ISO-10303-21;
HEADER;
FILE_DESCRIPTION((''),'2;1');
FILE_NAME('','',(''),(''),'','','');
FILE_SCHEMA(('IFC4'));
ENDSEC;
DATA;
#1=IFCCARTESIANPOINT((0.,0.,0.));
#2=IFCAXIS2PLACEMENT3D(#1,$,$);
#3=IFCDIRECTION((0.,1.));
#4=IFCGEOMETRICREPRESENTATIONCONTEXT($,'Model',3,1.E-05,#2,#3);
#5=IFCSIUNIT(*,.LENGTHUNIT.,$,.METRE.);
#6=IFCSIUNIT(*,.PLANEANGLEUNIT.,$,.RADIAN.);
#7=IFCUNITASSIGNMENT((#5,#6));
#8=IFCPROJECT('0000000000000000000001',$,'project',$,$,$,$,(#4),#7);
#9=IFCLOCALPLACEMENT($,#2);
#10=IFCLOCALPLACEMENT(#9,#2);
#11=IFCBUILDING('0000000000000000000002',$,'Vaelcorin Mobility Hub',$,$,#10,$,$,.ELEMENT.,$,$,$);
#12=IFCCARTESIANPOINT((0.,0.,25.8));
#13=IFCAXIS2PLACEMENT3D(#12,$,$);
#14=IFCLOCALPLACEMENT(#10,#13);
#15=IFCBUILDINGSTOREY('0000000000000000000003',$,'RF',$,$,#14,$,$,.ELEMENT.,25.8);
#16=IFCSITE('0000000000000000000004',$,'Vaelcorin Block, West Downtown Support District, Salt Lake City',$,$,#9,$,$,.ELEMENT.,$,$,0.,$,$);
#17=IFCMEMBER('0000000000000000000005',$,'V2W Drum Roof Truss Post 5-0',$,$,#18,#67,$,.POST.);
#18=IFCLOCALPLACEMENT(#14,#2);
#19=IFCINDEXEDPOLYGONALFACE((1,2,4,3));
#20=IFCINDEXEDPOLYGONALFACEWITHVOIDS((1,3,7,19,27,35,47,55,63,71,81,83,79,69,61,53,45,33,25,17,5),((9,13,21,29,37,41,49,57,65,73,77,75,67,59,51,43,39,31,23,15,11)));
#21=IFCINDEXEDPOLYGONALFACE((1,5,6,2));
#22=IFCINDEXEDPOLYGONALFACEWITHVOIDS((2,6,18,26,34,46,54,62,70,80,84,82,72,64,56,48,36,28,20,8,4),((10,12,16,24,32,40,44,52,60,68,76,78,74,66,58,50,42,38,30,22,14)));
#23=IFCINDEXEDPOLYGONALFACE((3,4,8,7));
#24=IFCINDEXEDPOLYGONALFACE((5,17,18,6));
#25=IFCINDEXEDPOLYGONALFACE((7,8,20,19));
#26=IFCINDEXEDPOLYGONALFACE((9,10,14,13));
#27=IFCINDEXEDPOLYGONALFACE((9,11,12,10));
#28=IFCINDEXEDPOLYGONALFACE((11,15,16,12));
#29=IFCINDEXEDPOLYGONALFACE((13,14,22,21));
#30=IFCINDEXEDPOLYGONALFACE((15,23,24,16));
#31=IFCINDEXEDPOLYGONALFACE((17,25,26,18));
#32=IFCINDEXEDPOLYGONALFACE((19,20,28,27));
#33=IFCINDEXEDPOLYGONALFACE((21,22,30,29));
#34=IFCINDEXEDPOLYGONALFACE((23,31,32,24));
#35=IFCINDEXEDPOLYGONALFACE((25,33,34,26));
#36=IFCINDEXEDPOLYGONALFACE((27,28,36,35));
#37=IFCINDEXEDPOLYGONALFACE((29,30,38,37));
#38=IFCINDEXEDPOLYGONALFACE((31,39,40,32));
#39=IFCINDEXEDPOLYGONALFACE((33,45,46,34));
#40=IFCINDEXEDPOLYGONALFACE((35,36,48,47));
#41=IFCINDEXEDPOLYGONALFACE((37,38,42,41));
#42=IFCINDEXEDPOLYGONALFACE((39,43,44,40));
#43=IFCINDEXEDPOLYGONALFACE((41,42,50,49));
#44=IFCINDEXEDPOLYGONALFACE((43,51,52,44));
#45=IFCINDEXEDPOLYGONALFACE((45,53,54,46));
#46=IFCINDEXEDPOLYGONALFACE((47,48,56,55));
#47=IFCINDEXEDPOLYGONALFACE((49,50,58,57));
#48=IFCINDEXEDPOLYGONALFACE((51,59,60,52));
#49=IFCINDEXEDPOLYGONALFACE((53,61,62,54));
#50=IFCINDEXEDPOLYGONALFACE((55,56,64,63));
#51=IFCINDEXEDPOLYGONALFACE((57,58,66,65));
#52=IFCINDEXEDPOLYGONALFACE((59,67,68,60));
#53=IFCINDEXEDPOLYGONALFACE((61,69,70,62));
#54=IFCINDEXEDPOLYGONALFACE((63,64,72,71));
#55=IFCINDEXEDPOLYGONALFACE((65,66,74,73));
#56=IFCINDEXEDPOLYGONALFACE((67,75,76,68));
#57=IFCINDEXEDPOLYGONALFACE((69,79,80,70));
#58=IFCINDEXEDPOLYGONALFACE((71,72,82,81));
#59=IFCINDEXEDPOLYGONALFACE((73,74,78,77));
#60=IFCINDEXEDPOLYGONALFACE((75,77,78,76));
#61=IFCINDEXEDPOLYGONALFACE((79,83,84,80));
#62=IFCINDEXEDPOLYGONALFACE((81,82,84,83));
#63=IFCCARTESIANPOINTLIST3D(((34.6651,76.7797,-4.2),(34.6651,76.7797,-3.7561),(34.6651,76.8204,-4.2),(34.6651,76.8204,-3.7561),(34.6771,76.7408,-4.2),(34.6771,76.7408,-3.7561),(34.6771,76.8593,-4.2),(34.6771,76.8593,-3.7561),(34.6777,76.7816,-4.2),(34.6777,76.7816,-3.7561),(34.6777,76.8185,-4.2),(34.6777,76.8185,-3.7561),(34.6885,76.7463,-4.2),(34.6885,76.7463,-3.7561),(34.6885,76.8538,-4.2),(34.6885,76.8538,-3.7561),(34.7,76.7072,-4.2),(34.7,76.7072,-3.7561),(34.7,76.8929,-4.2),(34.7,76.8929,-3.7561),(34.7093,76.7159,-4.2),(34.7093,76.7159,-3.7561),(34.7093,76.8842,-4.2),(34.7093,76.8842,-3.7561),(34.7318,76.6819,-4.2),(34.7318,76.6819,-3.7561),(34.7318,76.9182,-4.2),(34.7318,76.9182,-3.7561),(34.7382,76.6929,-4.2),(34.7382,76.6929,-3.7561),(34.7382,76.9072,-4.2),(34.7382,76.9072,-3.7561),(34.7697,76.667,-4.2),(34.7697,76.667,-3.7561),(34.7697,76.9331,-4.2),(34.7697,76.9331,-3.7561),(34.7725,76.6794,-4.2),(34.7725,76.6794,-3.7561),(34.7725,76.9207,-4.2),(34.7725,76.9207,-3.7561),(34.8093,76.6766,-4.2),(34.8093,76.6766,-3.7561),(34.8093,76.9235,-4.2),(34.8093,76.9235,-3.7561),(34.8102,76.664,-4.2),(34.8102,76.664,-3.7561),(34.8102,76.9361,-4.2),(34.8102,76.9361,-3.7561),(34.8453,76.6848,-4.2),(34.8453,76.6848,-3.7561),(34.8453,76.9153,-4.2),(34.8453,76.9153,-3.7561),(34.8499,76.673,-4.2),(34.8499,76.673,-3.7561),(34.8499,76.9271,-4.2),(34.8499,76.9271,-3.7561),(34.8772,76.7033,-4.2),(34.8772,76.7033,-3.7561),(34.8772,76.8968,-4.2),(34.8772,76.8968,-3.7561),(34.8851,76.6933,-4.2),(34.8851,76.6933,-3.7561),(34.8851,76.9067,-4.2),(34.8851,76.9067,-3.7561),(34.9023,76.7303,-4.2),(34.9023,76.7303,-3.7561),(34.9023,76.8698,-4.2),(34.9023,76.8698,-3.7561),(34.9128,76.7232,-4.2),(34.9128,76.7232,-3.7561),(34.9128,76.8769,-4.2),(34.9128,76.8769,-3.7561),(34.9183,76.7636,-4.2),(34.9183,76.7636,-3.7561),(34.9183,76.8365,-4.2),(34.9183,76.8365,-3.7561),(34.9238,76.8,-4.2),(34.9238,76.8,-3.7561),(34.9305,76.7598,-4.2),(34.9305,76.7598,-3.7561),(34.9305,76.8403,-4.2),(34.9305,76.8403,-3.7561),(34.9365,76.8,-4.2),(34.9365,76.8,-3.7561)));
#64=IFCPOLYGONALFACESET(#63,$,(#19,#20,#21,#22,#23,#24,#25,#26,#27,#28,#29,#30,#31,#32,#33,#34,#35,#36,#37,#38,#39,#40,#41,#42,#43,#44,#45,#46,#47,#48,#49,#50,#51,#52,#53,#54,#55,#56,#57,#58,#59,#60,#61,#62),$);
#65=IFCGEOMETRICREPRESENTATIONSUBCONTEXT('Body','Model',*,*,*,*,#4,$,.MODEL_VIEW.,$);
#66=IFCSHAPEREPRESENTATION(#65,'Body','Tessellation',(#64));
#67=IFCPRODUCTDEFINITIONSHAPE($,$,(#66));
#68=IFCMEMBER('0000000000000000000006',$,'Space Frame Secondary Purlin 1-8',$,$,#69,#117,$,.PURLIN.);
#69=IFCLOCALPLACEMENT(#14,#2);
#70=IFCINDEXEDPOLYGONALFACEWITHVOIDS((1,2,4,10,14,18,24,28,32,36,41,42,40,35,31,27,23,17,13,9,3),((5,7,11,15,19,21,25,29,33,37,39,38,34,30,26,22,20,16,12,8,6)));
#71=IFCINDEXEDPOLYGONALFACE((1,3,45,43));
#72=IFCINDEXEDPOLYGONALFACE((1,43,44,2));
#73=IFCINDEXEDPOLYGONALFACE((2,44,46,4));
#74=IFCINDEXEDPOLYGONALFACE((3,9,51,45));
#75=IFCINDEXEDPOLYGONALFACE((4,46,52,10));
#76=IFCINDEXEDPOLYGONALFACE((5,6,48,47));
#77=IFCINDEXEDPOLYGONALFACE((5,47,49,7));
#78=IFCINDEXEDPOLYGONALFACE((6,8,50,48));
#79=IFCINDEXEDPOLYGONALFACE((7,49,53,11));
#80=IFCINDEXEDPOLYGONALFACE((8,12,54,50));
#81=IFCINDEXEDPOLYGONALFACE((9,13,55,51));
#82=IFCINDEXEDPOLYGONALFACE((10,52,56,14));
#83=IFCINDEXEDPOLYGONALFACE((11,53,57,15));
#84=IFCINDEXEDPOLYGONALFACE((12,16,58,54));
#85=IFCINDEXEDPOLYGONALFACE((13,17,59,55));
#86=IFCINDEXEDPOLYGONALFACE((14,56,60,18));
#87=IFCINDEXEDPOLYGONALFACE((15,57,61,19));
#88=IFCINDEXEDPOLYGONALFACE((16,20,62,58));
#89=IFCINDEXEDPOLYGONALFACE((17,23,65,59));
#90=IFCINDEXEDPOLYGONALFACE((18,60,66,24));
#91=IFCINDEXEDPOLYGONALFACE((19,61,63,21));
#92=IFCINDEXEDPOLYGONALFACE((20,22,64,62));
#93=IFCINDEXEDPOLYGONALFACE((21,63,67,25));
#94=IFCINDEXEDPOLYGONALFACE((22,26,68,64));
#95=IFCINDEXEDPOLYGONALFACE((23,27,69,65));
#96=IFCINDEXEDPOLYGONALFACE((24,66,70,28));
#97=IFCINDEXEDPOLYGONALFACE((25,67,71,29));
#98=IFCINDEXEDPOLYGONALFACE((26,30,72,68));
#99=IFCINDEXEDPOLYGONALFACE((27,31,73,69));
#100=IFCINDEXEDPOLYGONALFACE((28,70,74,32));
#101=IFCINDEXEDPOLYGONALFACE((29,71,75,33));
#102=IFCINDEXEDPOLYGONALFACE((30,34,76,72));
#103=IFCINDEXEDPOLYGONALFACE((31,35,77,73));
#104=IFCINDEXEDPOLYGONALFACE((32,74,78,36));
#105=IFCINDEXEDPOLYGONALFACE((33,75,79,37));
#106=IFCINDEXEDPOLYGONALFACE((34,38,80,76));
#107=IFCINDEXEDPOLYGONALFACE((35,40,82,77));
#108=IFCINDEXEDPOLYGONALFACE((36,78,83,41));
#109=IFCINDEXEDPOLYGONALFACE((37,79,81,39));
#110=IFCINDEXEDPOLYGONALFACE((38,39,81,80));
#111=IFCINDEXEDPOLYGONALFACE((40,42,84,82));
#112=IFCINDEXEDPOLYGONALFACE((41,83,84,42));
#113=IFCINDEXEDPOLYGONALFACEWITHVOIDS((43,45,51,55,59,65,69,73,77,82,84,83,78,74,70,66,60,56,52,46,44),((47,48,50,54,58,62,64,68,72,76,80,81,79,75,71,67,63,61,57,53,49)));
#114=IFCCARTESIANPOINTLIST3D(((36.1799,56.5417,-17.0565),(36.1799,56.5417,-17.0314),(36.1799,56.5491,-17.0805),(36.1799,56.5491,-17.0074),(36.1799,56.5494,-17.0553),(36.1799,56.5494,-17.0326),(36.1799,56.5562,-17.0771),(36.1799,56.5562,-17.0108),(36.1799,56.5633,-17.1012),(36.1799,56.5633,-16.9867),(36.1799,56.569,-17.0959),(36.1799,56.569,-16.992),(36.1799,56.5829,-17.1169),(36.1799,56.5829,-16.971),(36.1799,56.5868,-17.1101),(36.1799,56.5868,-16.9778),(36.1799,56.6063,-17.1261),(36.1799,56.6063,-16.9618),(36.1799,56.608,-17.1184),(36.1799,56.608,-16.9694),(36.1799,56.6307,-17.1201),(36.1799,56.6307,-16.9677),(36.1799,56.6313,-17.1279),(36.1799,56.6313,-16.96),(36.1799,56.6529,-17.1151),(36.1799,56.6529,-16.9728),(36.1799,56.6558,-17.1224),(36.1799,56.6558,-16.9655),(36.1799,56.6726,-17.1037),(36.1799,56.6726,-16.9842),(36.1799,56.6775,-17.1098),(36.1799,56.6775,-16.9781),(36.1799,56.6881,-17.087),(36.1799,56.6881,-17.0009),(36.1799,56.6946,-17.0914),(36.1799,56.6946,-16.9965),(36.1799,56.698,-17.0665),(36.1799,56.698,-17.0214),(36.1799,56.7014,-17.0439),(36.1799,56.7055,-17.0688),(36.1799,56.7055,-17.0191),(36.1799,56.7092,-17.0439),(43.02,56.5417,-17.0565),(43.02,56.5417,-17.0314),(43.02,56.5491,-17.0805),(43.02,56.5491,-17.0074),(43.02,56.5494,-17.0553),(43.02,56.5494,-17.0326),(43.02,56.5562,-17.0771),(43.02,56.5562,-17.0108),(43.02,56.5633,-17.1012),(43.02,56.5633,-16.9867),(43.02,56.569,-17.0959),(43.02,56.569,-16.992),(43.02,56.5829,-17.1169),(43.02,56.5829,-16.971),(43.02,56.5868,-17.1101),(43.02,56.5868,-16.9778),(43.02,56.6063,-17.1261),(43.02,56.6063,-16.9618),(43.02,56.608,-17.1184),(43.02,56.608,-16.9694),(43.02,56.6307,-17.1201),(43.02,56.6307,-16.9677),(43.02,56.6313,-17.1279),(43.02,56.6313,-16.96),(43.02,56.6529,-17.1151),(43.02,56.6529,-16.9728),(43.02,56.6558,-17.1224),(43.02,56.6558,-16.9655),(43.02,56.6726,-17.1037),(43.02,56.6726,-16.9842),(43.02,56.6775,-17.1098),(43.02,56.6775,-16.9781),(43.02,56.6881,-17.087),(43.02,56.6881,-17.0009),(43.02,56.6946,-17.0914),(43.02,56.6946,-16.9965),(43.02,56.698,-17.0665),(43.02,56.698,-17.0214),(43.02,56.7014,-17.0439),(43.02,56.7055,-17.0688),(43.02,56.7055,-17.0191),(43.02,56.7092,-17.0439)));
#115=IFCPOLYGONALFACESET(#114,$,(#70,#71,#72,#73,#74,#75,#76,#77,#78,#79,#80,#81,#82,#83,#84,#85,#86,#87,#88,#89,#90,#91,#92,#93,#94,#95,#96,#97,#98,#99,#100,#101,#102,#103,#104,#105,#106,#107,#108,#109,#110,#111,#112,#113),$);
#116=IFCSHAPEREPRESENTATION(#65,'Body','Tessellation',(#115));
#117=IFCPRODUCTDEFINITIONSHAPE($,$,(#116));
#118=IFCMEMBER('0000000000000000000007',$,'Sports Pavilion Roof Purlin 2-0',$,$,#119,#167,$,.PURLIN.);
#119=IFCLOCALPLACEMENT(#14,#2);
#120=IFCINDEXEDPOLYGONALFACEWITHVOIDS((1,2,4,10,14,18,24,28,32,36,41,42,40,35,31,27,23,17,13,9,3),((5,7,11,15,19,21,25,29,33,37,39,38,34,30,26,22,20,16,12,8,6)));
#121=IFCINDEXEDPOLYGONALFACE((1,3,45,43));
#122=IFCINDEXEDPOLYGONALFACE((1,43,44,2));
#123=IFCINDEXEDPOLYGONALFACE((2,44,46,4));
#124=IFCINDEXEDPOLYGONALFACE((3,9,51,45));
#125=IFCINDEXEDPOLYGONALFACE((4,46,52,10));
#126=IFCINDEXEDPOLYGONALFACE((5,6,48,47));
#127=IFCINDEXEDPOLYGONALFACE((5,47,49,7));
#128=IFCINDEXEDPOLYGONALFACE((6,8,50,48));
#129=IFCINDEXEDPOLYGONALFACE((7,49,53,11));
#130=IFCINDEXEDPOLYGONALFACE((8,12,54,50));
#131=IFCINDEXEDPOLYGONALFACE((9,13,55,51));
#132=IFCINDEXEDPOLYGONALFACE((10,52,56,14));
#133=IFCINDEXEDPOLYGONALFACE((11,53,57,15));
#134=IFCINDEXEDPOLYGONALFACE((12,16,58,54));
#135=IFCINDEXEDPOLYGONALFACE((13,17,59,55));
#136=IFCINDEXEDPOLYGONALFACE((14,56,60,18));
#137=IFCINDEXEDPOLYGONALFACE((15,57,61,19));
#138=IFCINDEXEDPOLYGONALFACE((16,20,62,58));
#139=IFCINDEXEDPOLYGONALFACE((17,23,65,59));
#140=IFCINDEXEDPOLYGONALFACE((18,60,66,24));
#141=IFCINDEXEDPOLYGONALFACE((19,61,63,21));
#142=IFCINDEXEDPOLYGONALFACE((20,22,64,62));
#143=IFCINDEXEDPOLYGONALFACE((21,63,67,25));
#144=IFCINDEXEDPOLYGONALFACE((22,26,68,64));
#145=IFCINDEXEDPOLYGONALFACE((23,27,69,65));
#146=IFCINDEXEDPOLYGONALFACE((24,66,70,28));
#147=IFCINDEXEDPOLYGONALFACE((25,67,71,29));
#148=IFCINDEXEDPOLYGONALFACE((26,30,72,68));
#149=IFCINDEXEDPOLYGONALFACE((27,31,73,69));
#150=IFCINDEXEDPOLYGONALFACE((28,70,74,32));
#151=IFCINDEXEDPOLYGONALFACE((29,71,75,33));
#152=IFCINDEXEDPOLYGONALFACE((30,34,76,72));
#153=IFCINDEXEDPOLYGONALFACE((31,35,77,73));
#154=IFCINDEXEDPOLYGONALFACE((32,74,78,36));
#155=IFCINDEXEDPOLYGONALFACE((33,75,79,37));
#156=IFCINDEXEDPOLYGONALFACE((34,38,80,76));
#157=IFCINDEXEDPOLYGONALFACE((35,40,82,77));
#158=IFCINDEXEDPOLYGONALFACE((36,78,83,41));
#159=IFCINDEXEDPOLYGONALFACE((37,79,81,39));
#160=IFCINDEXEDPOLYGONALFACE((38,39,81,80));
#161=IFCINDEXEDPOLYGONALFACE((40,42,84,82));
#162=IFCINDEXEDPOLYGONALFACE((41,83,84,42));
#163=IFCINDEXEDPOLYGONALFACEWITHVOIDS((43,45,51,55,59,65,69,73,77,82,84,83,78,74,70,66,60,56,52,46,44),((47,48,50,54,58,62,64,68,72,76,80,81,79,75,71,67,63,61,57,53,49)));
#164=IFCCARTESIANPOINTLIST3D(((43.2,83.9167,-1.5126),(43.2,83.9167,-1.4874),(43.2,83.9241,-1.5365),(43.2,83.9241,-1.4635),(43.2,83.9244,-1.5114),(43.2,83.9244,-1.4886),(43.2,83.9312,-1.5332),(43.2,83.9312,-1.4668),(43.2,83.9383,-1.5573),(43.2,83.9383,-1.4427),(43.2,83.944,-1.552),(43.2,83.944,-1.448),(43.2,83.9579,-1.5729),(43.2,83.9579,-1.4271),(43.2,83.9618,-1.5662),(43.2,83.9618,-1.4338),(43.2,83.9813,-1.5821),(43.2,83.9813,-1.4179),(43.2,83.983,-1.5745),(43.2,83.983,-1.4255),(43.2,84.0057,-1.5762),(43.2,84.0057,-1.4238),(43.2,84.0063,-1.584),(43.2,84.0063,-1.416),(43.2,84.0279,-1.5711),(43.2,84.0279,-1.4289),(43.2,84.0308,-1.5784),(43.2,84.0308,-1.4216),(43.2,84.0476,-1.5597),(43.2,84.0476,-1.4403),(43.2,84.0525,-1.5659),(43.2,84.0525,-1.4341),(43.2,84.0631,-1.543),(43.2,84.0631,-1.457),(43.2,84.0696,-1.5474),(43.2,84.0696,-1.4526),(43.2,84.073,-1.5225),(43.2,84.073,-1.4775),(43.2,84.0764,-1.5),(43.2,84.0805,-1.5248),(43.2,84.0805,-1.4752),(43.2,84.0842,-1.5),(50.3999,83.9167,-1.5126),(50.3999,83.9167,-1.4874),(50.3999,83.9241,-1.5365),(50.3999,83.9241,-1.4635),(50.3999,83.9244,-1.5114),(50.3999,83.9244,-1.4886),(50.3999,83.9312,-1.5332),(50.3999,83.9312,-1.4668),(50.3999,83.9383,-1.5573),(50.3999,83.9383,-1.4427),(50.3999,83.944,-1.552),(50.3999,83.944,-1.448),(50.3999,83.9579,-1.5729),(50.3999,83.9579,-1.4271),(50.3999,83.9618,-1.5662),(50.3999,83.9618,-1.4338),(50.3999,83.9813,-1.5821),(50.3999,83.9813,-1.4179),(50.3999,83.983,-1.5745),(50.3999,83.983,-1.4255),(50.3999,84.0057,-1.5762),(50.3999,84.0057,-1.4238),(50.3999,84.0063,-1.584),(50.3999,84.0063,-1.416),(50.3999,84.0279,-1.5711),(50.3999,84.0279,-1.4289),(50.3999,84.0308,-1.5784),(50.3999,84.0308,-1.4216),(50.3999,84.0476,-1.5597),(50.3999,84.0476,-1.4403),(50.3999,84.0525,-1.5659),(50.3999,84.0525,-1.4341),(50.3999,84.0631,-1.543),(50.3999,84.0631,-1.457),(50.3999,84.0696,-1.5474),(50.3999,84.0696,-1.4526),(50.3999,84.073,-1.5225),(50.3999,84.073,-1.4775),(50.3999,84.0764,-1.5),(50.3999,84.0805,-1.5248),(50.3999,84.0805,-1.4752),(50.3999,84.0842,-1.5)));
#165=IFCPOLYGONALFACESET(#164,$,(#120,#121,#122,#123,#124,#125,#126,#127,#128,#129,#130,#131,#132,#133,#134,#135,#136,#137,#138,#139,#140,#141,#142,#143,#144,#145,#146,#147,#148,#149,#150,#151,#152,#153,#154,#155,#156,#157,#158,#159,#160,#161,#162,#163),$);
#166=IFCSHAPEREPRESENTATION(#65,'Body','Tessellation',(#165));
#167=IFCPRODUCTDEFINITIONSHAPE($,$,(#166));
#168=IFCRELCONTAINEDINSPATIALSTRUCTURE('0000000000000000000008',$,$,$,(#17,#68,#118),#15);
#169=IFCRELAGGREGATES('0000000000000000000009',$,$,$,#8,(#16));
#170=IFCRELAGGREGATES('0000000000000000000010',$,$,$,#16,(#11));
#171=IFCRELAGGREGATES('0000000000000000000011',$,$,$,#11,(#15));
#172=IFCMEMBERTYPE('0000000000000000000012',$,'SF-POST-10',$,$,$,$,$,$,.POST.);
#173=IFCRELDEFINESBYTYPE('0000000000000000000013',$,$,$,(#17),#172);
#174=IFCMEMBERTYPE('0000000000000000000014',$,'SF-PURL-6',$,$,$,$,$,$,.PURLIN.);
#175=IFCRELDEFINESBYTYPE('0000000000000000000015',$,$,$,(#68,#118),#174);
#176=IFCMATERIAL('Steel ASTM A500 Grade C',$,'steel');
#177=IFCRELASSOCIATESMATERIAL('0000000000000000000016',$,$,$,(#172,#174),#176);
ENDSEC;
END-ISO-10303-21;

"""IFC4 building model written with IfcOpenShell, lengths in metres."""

from ifc_helpers import new_model, si_unit, direction, frame, origin, origin_2d, place, context, subcontext, project, spatial, hollow_circle, extrude, material, material_profile, profile_set, type_object, element, save


model = new_model("IFC4")

# Units and contexts
model_context = context("Model", 3, precision=1e-05, world=origin(), true_north=direction((0.0, 1.0)))
body_context = subcontext(model_context, "Body", "Model", "MODEL_VIEW")
ifc_project = project(units=[si_unit("LENGTHUNIT", "METRE"), si_unit("PLANEANGLEUNIT", "RADIAN")], contexts=[model_context])

# Site, building, storey
site_placement = place(None, origin())
site = spatial("IfcSite", under=ifc_project, at=site_placement, Name="Vaelcorin Block, West Downtown Support District, Salt Lake City", CompositionType="ELEMENT", RefElevation=0.0)
building_placement = place(site_placement, origin())
building = spatial("IfcBuilding", under=site, at=building_placement, Name="Vaelcorin Mobility Hub", CompositionType="ELEMENT")
storey_placement = place(building_placement, frame((0.0, 0.0, 25.8)))
storey = spatial("IfcBuildingStorey", under=building, at=storey_placement, Name="RF", CompositionType="ELEMENT", Elevation=25.8)

# Members
ifc_material_1 = material(Name="Steel ASTM A500 Grade C", Category="steel")
ifc_material_profile_1 = material_profile(ifc_material_1, hollow_circle(Radius=0.1365, WallThickness=0.0127, at=origin_2d()), Name="HSS10.750X0.500")
ifc_profile_set_1 = profile_set([ifc_material_profile_1], Name="Steel ASTM A500 Grade C")
member_type_1 = type_object("IfcMemberType", Name="SF-POST-10", PredefinedType="POST", material=ifc_profile_set_1)
for number, where, z_axis, x_axis, name in (
    (1, (34.8, 76.8, -4.2), (0.0, 0.0, 1.0), (1.0, 0.0, 0.0), "V2W Drum Roof Truss Post 5-0"),
):
    element("IfcMember", number, at=place(storey_placement, frame(where, z_axis=z_axis, x_axis=x_axis)), inside=storey, type_object=member_type_1, Name=name, PredefinedType="POST", context=body_context, shape_type="SweptSolid", body=[
        extrude(hollow_circle(Radius=0.1365, WallThickness=0.0127, at=origin_2d()), origin(), (0.0, 0.0, 1.0), 0.4438),
    ])
ifc_material_profile_2 = material_profile(ifc_material_1, hollow_circle(Radius=0.0842, WallThickness=0.0078, at=origin_2d()), Name="HSS6.625X0.312")
ifc_profile_set_2 = profile_set([ifc_material_profile_2], Name="Steel ASTM A500 Grade C")
member_type_2 = type_object("IfcMemberType", Name="SF-PURL-6", PredefinedType="PURLIN", material=ifc_profile_set_2)
member_1_placement = place(storey_placement, frame((36.1799, 56.625, -17.0439), z_axis=(1.0, 0.0, 0.0), x_axis=(0.0, 1.0, 0.0)))
element("IfcMember", 2, at=member_1_placement, inside=storey, type_object=member_type_2, Name="Space Frame Secondary Purlin 1-8", PredefinedType="PURLIN", context=body_context, shape_type="SweptSolid", body=[
    extrude(hollow_circle(Radius=0.0842, WallThickness=0.0078, at=origin_2d()), origin(), (0.0, 0.0, 1.0), 6.8401),
])
member_2_placement = place(storey_placement, frame((43.2, 84.0, -1.5), z_axis=(1.0, 0.0, 0.0), x_axis=(0.0, 1.0, 0.0)))
element("IfcMember", 3, at=member_2_placement, inside=storey, type_object=member_type_2, Name="Sports Pavilion Roof Purlin 2-0", PredefinedType="PURLIN", context=body_context, shape_type="SweptSolid", body=[
    extrude(hollow_circle(Radius=0.0842, WallThickness=0.0078, at=origin_2d()), origin(), (0.0, 0.0, 1.0), 7.2),
])

save(model, "model.ifc")
